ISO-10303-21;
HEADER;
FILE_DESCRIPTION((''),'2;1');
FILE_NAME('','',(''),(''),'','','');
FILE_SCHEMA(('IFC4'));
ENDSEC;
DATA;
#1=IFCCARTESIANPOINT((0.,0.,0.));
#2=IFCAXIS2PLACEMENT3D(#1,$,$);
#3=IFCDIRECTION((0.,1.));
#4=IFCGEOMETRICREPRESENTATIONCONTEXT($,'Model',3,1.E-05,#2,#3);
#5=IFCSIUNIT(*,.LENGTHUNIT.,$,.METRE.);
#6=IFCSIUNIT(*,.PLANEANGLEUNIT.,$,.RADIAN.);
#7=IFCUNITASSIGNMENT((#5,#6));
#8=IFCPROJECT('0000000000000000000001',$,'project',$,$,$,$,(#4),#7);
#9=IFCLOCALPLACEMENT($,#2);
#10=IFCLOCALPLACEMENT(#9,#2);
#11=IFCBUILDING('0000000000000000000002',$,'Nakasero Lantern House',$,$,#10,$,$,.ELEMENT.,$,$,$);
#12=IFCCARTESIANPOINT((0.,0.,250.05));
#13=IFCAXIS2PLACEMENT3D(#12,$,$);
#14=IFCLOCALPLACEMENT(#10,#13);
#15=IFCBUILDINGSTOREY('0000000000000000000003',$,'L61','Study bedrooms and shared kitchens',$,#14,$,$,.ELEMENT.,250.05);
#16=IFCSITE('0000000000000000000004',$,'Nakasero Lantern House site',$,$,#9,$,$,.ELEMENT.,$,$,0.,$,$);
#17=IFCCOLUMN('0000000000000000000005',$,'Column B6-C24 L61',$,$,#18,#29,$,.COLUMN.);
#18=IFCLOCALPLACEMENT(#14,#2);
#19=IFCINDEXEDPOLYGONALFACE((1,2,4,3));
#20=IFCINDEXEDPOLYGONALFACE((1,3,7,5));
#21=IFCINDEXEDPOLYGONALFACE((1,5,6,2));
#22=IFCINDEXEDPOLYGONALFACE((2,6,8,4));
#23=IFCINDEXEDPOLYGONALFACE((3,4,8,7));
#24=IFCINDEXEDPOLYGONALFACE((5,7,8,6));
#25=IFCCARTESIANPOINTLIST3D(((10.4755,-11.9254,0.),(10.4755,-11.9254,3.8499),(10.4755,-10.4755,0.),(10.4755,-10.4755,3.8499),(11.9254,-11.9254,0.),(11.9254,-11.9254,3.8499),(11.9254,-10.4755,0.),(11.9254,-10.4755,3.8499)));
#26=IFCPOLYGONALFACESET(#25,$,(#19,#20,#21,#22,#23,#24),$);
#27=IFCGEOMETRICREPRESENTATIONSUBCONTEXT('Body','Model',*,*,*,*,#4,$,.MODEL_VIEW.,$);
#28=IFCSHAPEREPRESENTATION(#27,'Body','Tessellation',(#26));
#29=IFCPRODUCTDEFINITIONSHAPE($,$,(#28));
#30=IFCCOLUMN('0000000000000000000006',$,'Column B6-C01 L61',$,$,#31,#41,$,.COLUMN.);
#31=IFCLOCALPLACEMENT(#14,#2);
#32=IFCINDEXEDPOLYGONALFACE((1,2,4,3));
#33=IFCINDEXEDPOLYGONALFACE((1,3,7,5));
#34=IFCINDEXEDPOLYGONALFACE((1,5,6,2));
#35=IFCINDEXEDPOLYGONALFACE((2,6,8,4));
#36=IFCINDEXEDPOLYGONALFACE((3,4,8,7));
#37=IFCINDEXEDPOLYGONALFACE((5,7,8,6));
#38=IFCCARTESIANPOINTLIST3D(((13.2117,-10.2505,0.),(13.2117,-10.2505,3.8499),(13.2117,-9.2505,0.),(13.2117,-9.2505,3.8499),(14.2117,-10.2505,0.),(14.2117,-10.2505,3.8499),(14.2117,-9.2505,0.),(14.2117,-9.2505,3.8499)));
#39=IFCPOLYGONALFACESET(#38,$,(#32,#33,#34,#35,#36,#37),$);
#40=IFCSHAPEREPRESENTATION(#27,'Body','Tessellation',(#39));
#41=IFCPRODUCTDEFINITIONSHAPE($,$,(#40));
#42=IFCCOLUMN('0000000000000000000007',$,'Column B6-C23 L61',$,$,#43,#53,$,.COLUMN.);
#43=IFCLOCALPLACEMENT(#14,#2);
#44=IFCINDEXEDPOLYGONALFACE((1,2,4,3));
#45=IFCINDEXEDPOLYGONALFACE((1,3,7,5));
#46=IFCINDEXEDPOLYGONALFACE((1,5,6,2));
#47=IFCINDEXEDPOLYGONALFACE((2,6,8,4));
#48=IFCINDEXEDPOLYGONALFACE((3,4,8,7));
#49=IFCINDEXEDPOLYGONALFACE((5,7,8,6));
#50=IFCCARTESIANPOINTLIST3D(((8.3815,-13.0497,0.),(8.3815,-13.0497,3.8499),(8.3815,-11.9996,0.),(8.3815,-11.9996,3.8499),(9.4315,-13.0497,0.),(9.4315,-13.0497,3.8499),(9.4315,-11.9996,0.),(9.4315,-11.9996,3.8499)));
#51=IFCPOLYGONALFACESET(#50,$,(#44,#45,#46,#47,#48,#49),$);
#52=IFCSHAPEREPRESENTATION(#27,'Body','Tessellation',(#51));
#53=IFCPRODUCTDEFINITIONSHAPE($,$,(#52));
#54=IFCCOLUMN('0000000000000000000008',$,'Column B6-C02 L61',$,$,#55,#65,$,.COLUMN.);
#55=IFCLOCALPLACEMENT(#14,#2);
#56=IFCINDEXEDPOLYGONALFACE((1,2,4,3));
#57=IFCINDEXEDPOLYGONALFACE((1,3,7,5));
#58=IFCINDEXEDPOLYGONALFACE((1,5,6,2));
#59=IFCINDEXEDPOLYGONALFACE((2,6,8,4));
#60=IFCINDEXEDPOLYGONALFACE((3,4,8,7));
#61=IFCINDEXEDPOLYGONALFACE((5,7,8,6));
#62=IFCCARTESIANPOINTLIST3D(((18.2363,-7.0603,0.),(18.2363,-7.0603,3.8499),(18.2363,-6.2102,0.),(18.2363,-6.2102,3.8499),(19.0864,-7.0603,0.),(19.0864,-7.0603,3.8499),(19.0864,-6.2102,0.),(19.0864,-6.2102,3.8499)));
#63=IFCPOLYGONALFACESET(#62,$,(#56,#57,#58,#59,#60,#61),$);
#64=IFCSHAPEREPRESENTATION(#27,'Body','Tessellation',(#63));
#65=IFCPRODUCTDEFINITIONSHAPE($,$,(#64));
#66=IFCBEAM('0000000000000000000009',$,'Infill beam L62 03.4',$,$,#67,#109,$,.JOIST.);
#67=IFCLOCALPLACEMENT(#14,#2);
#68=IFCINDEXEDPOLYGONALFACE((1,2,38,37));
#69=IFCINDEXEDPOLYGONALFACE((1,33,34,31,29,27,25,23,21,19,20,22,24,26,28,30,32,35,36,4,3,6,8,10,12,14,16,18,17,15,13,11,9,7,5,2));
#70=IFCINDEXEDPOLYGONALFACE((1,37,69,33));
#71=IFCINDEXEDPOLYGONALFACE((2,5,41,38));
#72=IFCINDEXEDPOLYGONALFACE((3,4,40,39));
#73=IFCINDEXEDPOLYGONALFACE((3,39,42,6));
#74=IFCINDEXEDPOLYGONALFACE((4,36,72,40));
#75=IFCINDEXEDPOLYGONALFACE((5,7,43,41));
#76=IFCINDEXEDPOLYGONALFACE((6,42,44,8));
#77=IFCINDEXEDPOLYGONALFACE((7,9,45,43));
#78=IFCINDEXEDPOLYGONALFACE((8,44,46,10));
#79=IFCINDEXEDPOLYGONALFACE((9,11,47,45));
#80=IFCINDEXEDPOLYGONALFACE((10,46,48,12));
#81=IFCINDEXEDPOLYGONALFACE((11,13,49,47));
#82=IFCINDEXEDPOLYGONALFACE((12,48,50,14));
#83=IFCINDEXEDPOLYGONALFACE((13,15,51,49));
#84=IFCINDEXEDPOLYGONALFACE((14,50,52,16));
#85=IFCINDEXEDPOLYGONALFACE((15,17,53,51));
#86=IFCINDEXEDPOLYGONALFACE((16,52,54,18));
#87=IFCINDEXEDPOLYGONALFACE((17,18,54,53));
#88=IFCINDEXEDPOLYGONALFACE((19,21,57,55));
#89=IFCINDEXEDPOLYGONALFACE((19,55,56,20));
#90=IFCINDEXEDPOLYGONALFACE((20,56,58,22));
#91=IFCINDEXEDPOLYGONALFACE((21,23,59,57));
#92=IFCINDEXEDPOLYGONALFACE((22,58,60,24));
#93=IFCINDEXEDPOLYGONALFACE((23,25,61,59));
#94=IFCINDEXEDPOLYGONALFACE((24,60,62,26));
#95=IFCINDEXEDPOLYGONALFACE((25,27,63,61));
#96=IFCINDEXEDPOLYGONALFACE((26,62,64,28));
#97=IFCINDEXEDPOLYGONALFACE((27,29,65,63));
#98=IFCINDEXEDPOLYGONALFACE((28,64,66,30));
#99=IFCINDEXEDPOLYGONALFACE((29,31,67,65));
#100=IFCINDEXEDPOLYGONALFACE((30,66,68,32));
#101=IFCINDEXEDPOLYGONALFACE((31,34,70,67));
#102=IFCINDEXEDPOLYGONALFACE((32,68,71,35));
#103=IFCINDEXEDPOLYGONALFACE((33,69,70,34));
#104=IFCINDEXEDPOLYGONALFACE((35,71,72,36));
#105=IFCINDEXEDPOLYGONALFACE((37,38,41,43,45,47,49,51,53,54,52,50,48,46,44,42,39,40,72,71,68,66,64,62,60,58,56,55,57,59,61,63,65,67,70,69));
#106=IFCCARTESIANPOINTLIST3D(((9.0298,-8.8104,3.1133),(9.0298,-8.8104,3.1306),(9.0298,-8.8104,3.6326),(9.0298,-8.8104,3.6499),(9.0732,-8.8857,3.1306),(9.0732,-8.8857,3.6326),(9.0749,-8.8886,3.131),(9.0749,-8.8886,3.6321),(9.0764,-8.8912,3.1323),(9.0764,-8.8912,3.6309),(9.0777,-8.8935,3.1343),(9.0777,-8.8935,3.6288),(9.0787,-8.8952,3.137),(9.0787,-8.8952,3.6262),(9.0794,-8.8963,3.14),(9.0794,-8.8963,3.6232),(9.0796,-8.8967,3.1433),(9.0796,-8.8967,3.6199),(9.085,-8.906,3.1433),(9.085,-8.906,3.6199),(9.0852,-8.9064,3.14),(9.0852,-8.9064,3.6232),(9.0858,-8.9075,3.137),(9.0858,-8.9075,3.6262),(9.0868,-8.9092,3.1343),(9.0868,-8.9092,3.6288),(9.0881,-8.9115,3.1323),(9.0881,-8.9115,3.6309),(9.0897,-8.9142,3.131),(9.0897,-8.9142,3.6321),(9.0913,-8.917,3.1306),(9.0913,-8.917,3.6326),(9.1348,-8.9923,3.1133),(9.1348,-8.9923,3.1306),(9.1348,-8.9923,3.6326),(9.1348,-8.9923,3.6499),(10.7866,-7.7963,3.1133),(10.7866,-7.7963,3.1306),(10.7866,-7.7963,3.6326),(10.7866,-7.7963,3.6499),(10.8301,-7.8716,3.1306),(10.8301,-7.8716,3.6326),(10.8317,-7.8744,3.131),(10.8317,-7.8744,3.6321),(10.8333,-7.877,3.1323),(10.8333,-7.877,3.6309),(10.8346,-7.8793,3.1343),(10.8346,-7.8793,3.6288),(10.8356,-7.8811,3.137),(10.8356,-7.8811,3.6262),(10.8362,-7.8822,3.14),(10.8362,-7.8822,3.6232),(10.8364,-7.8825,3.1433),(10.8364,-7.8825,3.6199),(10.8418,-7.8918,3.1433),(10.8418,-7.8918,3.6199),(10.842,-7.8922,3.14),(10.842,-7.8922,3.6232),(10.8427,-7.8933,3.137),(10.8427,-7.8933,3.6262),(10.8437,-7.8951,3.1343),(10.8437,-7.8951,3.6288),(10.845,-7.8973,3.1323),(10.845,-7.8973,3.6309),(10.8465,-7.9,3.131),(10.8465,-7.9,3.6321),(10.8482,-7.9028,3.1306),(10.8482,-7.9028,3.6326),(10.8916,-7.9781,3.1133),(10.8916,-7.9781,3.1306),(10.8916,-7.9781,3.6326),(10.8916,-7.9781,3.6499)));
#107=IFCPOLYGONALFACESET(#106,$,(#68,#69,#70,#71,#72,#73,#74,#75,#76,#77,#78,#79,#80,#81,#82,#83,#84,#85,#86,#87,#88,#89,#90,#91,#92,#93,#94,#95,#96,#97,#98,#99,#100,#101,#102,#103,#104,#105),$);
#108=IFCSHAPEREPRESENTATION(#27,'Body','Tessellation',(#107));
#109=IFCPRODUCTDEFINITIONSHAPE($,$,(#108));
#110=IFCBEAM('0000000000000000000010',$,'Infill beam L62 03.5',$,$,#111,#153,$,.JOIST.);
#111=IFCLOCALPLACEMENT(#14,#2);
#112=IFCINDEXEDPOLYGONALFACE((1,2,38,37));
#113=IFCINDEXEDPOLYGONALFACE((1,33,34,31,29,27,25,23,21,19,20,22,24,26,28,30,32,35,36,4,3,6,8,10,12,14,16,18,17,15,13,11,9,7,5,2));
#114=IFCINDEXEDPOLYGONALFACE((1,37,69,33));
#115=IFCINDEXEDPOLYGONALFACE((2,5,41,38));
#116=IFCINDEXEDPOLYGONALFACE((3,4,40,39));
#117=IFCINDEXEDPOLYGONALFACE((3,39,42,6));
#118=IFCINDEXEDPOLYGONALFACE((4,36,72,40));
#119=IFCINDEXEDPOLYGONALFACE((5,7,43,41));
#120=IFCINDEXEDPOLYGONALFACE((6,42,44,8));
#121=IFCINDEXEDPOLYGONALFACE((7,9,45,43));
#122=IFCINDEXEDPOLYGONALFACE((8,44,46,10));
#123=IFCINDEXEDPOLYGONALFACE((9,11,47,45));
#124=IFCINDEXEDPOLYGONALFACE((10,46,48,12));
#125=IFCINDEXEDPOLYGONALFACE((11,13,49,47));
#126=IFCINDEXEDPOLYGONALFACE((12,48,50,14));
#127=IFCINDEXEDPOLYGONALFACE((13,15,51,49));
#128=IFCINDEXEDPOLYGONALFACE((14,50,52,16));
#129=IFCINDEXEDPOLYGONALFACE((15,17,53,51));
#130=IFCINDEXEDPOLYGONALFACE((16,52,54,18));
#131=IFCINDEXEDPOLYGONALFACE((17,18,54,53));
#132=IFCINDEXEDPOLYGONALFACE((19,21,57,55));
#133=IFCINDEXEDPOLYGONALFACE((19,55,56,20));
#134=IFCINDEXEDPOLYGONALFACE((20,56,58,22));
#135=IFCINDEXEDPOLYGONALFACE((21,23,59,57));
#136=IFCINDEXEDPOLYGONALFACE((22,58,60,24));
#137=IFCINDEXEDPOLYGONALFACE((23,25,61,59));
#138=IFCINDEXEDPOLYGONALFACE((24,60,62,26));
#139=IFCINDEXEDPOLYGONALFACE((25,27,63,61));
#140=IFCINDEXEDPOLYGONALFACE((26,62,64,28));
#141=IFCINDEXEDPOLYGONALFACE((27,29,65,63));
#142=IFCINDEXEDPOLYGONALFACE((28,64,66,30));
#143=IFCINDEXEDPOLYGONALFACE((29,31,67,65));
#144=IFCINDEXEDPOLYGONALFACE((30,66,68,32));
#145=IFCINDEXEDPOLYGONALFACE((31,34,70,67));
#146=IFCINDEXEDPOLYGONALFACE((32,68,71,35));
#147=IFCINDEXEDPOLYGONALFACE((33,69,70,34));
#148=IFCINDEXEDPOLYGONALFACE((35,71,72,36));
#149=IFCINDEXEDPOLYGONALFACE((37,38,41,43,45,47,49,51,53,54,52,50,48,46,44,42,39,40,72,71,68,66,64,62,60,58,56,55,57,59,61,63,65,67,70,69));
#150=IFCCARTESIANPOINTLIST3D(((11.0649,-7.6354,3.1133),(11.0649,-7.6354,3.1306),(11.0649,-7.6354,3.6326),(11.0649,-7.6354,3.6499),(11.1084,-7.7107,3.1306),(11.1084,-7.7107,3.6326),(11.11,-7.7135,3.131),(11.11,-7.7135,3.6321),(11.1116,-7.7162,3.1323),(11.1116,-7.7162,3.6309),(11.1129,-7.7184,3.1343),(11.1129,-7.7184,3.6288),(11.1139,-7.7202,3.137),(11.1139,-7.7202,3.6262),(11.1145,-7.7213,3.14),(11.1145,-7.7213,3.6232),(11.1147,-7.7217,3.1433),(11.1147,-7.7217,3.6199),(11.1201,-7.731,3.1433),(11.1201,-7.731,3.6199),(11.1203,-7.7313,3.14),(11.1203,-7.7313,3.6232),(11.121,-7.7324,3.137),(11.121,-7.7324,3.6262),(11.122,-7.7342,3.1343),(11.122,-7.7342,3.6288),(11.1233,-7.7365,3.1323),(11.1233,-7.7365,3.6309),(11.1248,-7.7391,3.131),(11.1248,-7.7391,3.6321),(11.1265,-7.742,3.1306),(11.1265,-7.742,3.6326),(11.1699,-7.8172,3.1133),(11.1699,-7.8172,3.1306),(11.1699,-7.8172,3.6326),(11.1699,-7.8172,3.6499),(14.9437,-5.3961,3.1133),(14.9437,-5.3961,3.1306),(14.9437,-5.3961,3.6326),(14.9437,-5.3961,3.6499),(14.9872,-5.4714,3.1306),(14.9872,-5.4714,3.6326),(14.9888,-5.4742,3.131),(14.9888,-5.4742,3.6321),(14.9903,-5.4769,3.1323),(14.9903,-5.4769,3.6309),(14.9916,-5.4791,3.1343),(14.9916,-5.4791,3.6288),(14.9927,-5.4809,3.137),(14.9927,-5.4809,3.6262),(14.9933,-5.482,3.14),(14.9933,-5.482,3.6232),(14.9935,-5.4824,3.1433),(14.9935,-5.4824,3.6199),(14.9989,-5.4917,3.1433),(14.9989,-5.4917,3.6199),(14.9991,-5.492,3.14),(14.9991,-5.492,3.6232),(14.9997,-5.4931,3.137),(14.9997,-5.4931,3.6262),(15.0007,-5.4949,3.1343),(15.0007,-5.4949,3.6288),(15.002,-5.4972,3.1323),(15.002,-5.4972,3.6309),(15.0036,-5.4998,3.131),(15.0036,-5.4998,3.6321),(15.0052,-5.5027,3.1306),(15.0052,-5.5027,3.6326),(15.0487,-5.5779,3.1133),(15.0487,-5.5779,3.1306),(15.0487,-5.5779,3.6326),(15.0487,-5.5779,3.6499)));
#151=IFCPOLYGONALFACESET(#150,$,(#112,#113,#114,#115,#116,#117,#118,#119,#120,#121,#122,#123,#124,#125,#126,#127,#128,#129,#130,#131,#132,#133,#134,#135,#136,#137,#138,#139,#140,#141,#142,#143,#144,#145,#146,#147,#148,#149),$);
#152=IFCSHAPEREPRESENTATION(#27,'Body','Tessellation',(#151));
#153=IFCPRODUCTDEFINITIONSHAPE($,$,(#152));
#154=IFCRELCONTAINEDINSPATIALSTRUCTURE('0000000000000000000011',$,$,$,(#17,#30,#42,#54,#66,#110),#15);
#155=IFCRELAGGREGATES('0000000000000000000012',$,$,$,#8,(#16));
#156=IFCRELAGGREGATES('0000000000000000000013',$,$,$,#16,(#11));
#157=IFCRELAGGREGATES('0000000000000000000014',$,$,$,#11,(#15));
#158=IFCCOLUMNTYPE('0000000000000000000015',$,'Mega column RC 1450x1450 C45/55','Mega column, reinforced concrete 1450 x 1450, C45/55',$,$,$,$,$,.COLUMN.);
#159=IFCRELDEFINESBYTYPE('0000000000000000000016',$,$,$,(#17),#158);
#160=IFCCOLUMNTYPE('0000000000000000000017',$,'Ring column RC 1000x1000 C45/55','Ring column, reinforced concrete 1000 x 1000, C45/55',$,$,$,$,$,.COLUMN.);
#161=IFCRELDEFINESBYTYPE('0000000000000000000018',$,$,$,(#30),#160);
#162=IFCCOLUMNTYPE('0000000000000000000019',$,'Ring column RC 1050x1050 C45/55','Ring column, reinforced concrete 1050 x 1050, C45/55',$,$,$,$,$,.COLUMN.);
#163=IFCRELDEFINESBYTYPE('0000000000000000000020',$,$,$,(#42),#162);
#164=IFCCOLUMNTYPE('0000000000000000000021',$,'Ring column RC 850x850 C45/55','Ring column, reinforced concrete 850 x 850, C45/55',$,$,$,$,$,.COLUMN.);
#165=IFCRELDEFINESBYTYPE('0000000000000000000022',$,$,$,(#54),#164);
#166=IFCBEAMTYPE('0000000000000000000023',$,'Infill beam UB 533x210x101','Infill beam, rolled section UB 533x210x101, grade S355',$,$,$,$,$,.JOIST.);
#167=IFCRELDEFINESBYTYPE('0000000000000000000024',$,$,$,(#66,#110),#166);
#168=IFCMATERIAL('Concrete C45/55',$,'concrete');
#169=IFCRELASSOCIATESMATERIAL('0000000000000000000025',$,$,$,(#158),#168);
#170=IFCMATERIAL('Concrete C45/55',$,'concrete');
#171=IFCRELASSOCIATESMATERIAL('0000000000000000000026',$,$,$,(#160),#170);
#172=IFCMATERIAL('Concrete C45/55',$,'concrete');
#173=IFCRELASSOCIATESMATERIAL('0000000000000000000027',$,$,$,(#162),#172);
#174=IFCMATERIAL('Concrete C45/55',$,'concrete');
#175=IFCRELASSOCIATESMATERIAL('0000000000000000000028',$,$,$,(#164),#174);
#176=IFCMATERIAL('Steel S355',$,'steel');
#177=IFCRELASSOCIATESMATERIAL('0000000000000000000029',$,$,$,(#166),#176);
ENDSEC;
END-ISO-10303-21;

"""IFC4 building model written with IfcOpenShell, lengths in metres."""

from ifc_helpers import new_model, si_unit, direction, frame, origin, origin_2d, place, context, subcontext, project, spatial, rectangle, i_section, extrude, material, material_profile, profile_set, type_object, element, save


model = new_model("IFC4")

# Units and contexts
model_context = context("Model", 3, precision=1e-05, world=origin(), true_north=direction((0.0, 1.0)))
body_context = subcontext(model_context, "Body", "Model", "MODEL_VIEW")
ifc_project = project(units=[si_unit("LENGTHUNIT", "METRE"), si_unit("PLANEANGLEUNIT", "RADIAN")], contexts=[model_context])

# Site, building, storey
site_placement = place(None, origin())
site = spatial("IfcSite", under=ifc_project, at=site_placement, Name="Nakasero Lantern House site", CompositionType="ELEMENT", RefElevation=0.0)
building_placement = place(site_placement, origin())
building = spatial("IfcBuilding", under=site, at=building_placement, Name="Nakasero Lantern House", CompositionType="ELEMENT")
storey_placement = place(building_placement, frame((0.0, 0.0, 250.05)))
storey = spatial("IfcBuildingStorey", under=building, at=storey_placement, Name="L61", Description="Study bedrooms and shared kitchens", CompositionType="ELEMENT", Elevation=250.05)

# Columns
ifc_material_1 = material(Name="Concrete C45/55", Category="concrete")
ifc_material_profile_1 = material_profile(ifc_material_1, rectangle(XDim=1.45, YDim=1.45, at=origin_2d()), Name="RC 1450x1450")
ifc_profile_set_1 = profile_set([ifc_material_profile_1], Name="Concrete C45/55")
column_type_1 = type_object("IfcColumnType", Name="Mega column RC 1450x1450 C45/55", Description="Mega column, reinforced concrete 1450 x 1450, C45/55", PredefinedType="COLUMN", material=ifc_profile_set_1)
column_1_placement = place(storey_placement, frame((11.2004, -11.2004, 0.0), z_axis=(0.0, 0.0, 1.0), x_axis=(1.0, 0.0, 0.0)))
element("IfcColumn", 1, at=column_1_placement, inside=storey, type_object=column_type_1, Name="Column B6-C24 L61", PredefinedType="COLUMN", context=body_context, shape_type="SweptSolid", body=[
    extrude(rectangle(XDim=1.45, YDim=1.45, at=origin_2d()), origin(), (0.0, 0.0, 1.0), 3.8499),
])
ifc_material_2 = material(Name="Concrete C45/55", Category="concrete")
ifc_material_profile_2 = material_profile(ifc_material_2, rectangle(XDim=1.0, YDim=1.0, at=origin_2d()), Name="RC 1000x1000")
ifc_profile_set_2 = profile_set([ifc_material_profile_2], Name="Concrete C45/55")
column_type_2 = type_object("IfcColumnType", Name="Ring column RC 1000x1000 C45/55", Description="Ring column, reinforced concrete 1000 x 1000, C45/55", PredefinedType="COLUMN", material=ifc_profile_set_2)
column_2_placement = place(storey_placement, frame((13.7117, -9.7505, 0.0), z_axis=(0.0, 0.0, 1.0), x_axis=(1.0, 0.0, 0.0)))
element("IfcColumn", 2, at=column_2_placement, inside=storey, type_object=column_type_2, Name="Column B6-C01 L61", PredefinedType="COLUMN", context=body_context, shape_type="SweptSolid", body=[
    extrude(rectangle(XDim=1.0, YDim=1.0, at=origin_2d()), origin(), (0.0, 0.0, 1.0), 3.8499),
])
ifc_material_3 = material(Name="Concrete C45/55", Category="concrete")
ifc_material_profile_3 = material_profile(ifc_material_3, rectangle(XDim=1.05, YDim=1.05, at=origin_2d()), Name="RC 1050x1050")
ifc_profile_set_3 = profile_set([ifc_material_profile_3], Name="Concrete C45/55")
column_type_3 = type_object("IfcColumnType", Name="Ring column RC 1050x1050 C45/55", Description="Ring column, reinforced concrete 1050 x 1050, C45/55", PredefinedType="COLUMN", material=ifc_profile_set_3)
column_3_placement = place(storey_placement, frame((8.9065, -12.5247, 0.0), z_axis=(0.0, 0.0, 1.0), x_axis=(1.0, 0.0, 0.0)))
element("IfcColumn", 3, at=column_3_placement, inside=storey, type_object=column_type_3, Name="Column B6-C23 L61", PredefinedType="COLUMN", context=body_context, shape_type="SweptSolid", body=[
    extrude(rectangle(XDim=1.05, YDim=1.05, at=origin_2d()), origin(), (0.0, 0.0, 1.0), 3.8499),
])
ifc_material_4 = material(Name="Concrete C45/55", Category="concrete")
ifc_material_profile_4 = material_profile(ifc_material_4, rectangle(XDim=0.8501, YDim=0.8501, at=origin_2d()), Name="RC 850x850")
ifc_profile_set_4 = profile_set([ifc_material_profile_4], Name="Concrete C45/55")
column_type_4 = type_object("IfcColumnType", Name="Ring column RC 850x850 C45/55", Description="Ring column, reinforced concrete 850 x 850, C45/55", PredefinedType="COLUMN", material=ifc_profile_set_4)
column_4_placement = place(storey_placement, frame((18.6614, -6.6353, 0.0), z_axis=(0.0, 0.0, 1.0), x_axis=(1.0, 0.0, 0.0)))
element("IfcColumn", 4, at=column_4_placement, inside=storey, type_object=column_type_4, Name="Column B6-C02 L61", PredefinedType="COLUMN", context=body_context, shape_type="SweptSolid", body=[
    extrude(rectangle(XDim=0.8501, YDim=0.8501, at=origin_2d()), origin(), (0.0, 0.0, 1.0), 3.8499),
])

# Beams
ifc_material_5 = material(Name="Steel S355", Category="steel")
ifc_material_profile_5 = material_profile(ifc_material_5, i_section(OverallWidth=0.21, OverallDepth=0.5366, WebThickness=0.0107, FlangeThickness=0.0173, FilletRadius=0.0127, at=origin_2d()), Name="UB 533x210x101")
ifc_profile_set_5 = profile_set([ifc_material_profile_5], Name="Steel S355")
beam_type_1 = type_object("IfcBeamType", Name="Infill beam UB 533x210x101", Description="Infill beam, rolled section UB 533x210x101, grade S355", PredefinedType="JOIST", material=ifc_profile_set_5)
beam_1_placement = place(storey_placement, frame((9.0823, -8.9014, 3.3816), z_axis=(0.866057, 0.499945, 0.0), x_axis=(-0.499945, 0.866057, 0.0)))
element("IfcBeam", 5, at=beam_1_placement, inside=storey, type_object=beam_type_1, Name="Infill beam L62 03.4", PredefinedType="JOIST", context=body_context, shape_type="SweptSolid", body=[
    extrude(i_section(OverallWidth=0.21, OverallDepth=0.5366, WebThickness=0.0107, FlangeThickness=0.0173, FilletRadius=0.0127, at=origin_2d()), origin(), (0.0, 0.0, 1.0), 2.0286),
])
beam_2_placement = place(storey_placement, frame((11.1174, -7.7263, 3.3816), z_axis=(0.866034, 0.499985, 0.0), x_axis=(-0.499985, 0.866034, 0.0)))
element("IfcBeam", 6, at=beam_2_placement, inside=storey, type_object=beam_type_1, Name="Infill beam L62 03.5", PredefinedType="JOIST", context=body_context, shape_type="SweptSolid", body=[
    extrude(i_section(OverallWidth=0.21, OverallDepth=0.5366, WebThickness=0.0107, FlangeThickness=0.0173, FilletRadius=0.0127, at=origin_2d()), origin(), (0.0, 0.0, 1.0), 4.4788),
])

save(model, "model.ifc")
